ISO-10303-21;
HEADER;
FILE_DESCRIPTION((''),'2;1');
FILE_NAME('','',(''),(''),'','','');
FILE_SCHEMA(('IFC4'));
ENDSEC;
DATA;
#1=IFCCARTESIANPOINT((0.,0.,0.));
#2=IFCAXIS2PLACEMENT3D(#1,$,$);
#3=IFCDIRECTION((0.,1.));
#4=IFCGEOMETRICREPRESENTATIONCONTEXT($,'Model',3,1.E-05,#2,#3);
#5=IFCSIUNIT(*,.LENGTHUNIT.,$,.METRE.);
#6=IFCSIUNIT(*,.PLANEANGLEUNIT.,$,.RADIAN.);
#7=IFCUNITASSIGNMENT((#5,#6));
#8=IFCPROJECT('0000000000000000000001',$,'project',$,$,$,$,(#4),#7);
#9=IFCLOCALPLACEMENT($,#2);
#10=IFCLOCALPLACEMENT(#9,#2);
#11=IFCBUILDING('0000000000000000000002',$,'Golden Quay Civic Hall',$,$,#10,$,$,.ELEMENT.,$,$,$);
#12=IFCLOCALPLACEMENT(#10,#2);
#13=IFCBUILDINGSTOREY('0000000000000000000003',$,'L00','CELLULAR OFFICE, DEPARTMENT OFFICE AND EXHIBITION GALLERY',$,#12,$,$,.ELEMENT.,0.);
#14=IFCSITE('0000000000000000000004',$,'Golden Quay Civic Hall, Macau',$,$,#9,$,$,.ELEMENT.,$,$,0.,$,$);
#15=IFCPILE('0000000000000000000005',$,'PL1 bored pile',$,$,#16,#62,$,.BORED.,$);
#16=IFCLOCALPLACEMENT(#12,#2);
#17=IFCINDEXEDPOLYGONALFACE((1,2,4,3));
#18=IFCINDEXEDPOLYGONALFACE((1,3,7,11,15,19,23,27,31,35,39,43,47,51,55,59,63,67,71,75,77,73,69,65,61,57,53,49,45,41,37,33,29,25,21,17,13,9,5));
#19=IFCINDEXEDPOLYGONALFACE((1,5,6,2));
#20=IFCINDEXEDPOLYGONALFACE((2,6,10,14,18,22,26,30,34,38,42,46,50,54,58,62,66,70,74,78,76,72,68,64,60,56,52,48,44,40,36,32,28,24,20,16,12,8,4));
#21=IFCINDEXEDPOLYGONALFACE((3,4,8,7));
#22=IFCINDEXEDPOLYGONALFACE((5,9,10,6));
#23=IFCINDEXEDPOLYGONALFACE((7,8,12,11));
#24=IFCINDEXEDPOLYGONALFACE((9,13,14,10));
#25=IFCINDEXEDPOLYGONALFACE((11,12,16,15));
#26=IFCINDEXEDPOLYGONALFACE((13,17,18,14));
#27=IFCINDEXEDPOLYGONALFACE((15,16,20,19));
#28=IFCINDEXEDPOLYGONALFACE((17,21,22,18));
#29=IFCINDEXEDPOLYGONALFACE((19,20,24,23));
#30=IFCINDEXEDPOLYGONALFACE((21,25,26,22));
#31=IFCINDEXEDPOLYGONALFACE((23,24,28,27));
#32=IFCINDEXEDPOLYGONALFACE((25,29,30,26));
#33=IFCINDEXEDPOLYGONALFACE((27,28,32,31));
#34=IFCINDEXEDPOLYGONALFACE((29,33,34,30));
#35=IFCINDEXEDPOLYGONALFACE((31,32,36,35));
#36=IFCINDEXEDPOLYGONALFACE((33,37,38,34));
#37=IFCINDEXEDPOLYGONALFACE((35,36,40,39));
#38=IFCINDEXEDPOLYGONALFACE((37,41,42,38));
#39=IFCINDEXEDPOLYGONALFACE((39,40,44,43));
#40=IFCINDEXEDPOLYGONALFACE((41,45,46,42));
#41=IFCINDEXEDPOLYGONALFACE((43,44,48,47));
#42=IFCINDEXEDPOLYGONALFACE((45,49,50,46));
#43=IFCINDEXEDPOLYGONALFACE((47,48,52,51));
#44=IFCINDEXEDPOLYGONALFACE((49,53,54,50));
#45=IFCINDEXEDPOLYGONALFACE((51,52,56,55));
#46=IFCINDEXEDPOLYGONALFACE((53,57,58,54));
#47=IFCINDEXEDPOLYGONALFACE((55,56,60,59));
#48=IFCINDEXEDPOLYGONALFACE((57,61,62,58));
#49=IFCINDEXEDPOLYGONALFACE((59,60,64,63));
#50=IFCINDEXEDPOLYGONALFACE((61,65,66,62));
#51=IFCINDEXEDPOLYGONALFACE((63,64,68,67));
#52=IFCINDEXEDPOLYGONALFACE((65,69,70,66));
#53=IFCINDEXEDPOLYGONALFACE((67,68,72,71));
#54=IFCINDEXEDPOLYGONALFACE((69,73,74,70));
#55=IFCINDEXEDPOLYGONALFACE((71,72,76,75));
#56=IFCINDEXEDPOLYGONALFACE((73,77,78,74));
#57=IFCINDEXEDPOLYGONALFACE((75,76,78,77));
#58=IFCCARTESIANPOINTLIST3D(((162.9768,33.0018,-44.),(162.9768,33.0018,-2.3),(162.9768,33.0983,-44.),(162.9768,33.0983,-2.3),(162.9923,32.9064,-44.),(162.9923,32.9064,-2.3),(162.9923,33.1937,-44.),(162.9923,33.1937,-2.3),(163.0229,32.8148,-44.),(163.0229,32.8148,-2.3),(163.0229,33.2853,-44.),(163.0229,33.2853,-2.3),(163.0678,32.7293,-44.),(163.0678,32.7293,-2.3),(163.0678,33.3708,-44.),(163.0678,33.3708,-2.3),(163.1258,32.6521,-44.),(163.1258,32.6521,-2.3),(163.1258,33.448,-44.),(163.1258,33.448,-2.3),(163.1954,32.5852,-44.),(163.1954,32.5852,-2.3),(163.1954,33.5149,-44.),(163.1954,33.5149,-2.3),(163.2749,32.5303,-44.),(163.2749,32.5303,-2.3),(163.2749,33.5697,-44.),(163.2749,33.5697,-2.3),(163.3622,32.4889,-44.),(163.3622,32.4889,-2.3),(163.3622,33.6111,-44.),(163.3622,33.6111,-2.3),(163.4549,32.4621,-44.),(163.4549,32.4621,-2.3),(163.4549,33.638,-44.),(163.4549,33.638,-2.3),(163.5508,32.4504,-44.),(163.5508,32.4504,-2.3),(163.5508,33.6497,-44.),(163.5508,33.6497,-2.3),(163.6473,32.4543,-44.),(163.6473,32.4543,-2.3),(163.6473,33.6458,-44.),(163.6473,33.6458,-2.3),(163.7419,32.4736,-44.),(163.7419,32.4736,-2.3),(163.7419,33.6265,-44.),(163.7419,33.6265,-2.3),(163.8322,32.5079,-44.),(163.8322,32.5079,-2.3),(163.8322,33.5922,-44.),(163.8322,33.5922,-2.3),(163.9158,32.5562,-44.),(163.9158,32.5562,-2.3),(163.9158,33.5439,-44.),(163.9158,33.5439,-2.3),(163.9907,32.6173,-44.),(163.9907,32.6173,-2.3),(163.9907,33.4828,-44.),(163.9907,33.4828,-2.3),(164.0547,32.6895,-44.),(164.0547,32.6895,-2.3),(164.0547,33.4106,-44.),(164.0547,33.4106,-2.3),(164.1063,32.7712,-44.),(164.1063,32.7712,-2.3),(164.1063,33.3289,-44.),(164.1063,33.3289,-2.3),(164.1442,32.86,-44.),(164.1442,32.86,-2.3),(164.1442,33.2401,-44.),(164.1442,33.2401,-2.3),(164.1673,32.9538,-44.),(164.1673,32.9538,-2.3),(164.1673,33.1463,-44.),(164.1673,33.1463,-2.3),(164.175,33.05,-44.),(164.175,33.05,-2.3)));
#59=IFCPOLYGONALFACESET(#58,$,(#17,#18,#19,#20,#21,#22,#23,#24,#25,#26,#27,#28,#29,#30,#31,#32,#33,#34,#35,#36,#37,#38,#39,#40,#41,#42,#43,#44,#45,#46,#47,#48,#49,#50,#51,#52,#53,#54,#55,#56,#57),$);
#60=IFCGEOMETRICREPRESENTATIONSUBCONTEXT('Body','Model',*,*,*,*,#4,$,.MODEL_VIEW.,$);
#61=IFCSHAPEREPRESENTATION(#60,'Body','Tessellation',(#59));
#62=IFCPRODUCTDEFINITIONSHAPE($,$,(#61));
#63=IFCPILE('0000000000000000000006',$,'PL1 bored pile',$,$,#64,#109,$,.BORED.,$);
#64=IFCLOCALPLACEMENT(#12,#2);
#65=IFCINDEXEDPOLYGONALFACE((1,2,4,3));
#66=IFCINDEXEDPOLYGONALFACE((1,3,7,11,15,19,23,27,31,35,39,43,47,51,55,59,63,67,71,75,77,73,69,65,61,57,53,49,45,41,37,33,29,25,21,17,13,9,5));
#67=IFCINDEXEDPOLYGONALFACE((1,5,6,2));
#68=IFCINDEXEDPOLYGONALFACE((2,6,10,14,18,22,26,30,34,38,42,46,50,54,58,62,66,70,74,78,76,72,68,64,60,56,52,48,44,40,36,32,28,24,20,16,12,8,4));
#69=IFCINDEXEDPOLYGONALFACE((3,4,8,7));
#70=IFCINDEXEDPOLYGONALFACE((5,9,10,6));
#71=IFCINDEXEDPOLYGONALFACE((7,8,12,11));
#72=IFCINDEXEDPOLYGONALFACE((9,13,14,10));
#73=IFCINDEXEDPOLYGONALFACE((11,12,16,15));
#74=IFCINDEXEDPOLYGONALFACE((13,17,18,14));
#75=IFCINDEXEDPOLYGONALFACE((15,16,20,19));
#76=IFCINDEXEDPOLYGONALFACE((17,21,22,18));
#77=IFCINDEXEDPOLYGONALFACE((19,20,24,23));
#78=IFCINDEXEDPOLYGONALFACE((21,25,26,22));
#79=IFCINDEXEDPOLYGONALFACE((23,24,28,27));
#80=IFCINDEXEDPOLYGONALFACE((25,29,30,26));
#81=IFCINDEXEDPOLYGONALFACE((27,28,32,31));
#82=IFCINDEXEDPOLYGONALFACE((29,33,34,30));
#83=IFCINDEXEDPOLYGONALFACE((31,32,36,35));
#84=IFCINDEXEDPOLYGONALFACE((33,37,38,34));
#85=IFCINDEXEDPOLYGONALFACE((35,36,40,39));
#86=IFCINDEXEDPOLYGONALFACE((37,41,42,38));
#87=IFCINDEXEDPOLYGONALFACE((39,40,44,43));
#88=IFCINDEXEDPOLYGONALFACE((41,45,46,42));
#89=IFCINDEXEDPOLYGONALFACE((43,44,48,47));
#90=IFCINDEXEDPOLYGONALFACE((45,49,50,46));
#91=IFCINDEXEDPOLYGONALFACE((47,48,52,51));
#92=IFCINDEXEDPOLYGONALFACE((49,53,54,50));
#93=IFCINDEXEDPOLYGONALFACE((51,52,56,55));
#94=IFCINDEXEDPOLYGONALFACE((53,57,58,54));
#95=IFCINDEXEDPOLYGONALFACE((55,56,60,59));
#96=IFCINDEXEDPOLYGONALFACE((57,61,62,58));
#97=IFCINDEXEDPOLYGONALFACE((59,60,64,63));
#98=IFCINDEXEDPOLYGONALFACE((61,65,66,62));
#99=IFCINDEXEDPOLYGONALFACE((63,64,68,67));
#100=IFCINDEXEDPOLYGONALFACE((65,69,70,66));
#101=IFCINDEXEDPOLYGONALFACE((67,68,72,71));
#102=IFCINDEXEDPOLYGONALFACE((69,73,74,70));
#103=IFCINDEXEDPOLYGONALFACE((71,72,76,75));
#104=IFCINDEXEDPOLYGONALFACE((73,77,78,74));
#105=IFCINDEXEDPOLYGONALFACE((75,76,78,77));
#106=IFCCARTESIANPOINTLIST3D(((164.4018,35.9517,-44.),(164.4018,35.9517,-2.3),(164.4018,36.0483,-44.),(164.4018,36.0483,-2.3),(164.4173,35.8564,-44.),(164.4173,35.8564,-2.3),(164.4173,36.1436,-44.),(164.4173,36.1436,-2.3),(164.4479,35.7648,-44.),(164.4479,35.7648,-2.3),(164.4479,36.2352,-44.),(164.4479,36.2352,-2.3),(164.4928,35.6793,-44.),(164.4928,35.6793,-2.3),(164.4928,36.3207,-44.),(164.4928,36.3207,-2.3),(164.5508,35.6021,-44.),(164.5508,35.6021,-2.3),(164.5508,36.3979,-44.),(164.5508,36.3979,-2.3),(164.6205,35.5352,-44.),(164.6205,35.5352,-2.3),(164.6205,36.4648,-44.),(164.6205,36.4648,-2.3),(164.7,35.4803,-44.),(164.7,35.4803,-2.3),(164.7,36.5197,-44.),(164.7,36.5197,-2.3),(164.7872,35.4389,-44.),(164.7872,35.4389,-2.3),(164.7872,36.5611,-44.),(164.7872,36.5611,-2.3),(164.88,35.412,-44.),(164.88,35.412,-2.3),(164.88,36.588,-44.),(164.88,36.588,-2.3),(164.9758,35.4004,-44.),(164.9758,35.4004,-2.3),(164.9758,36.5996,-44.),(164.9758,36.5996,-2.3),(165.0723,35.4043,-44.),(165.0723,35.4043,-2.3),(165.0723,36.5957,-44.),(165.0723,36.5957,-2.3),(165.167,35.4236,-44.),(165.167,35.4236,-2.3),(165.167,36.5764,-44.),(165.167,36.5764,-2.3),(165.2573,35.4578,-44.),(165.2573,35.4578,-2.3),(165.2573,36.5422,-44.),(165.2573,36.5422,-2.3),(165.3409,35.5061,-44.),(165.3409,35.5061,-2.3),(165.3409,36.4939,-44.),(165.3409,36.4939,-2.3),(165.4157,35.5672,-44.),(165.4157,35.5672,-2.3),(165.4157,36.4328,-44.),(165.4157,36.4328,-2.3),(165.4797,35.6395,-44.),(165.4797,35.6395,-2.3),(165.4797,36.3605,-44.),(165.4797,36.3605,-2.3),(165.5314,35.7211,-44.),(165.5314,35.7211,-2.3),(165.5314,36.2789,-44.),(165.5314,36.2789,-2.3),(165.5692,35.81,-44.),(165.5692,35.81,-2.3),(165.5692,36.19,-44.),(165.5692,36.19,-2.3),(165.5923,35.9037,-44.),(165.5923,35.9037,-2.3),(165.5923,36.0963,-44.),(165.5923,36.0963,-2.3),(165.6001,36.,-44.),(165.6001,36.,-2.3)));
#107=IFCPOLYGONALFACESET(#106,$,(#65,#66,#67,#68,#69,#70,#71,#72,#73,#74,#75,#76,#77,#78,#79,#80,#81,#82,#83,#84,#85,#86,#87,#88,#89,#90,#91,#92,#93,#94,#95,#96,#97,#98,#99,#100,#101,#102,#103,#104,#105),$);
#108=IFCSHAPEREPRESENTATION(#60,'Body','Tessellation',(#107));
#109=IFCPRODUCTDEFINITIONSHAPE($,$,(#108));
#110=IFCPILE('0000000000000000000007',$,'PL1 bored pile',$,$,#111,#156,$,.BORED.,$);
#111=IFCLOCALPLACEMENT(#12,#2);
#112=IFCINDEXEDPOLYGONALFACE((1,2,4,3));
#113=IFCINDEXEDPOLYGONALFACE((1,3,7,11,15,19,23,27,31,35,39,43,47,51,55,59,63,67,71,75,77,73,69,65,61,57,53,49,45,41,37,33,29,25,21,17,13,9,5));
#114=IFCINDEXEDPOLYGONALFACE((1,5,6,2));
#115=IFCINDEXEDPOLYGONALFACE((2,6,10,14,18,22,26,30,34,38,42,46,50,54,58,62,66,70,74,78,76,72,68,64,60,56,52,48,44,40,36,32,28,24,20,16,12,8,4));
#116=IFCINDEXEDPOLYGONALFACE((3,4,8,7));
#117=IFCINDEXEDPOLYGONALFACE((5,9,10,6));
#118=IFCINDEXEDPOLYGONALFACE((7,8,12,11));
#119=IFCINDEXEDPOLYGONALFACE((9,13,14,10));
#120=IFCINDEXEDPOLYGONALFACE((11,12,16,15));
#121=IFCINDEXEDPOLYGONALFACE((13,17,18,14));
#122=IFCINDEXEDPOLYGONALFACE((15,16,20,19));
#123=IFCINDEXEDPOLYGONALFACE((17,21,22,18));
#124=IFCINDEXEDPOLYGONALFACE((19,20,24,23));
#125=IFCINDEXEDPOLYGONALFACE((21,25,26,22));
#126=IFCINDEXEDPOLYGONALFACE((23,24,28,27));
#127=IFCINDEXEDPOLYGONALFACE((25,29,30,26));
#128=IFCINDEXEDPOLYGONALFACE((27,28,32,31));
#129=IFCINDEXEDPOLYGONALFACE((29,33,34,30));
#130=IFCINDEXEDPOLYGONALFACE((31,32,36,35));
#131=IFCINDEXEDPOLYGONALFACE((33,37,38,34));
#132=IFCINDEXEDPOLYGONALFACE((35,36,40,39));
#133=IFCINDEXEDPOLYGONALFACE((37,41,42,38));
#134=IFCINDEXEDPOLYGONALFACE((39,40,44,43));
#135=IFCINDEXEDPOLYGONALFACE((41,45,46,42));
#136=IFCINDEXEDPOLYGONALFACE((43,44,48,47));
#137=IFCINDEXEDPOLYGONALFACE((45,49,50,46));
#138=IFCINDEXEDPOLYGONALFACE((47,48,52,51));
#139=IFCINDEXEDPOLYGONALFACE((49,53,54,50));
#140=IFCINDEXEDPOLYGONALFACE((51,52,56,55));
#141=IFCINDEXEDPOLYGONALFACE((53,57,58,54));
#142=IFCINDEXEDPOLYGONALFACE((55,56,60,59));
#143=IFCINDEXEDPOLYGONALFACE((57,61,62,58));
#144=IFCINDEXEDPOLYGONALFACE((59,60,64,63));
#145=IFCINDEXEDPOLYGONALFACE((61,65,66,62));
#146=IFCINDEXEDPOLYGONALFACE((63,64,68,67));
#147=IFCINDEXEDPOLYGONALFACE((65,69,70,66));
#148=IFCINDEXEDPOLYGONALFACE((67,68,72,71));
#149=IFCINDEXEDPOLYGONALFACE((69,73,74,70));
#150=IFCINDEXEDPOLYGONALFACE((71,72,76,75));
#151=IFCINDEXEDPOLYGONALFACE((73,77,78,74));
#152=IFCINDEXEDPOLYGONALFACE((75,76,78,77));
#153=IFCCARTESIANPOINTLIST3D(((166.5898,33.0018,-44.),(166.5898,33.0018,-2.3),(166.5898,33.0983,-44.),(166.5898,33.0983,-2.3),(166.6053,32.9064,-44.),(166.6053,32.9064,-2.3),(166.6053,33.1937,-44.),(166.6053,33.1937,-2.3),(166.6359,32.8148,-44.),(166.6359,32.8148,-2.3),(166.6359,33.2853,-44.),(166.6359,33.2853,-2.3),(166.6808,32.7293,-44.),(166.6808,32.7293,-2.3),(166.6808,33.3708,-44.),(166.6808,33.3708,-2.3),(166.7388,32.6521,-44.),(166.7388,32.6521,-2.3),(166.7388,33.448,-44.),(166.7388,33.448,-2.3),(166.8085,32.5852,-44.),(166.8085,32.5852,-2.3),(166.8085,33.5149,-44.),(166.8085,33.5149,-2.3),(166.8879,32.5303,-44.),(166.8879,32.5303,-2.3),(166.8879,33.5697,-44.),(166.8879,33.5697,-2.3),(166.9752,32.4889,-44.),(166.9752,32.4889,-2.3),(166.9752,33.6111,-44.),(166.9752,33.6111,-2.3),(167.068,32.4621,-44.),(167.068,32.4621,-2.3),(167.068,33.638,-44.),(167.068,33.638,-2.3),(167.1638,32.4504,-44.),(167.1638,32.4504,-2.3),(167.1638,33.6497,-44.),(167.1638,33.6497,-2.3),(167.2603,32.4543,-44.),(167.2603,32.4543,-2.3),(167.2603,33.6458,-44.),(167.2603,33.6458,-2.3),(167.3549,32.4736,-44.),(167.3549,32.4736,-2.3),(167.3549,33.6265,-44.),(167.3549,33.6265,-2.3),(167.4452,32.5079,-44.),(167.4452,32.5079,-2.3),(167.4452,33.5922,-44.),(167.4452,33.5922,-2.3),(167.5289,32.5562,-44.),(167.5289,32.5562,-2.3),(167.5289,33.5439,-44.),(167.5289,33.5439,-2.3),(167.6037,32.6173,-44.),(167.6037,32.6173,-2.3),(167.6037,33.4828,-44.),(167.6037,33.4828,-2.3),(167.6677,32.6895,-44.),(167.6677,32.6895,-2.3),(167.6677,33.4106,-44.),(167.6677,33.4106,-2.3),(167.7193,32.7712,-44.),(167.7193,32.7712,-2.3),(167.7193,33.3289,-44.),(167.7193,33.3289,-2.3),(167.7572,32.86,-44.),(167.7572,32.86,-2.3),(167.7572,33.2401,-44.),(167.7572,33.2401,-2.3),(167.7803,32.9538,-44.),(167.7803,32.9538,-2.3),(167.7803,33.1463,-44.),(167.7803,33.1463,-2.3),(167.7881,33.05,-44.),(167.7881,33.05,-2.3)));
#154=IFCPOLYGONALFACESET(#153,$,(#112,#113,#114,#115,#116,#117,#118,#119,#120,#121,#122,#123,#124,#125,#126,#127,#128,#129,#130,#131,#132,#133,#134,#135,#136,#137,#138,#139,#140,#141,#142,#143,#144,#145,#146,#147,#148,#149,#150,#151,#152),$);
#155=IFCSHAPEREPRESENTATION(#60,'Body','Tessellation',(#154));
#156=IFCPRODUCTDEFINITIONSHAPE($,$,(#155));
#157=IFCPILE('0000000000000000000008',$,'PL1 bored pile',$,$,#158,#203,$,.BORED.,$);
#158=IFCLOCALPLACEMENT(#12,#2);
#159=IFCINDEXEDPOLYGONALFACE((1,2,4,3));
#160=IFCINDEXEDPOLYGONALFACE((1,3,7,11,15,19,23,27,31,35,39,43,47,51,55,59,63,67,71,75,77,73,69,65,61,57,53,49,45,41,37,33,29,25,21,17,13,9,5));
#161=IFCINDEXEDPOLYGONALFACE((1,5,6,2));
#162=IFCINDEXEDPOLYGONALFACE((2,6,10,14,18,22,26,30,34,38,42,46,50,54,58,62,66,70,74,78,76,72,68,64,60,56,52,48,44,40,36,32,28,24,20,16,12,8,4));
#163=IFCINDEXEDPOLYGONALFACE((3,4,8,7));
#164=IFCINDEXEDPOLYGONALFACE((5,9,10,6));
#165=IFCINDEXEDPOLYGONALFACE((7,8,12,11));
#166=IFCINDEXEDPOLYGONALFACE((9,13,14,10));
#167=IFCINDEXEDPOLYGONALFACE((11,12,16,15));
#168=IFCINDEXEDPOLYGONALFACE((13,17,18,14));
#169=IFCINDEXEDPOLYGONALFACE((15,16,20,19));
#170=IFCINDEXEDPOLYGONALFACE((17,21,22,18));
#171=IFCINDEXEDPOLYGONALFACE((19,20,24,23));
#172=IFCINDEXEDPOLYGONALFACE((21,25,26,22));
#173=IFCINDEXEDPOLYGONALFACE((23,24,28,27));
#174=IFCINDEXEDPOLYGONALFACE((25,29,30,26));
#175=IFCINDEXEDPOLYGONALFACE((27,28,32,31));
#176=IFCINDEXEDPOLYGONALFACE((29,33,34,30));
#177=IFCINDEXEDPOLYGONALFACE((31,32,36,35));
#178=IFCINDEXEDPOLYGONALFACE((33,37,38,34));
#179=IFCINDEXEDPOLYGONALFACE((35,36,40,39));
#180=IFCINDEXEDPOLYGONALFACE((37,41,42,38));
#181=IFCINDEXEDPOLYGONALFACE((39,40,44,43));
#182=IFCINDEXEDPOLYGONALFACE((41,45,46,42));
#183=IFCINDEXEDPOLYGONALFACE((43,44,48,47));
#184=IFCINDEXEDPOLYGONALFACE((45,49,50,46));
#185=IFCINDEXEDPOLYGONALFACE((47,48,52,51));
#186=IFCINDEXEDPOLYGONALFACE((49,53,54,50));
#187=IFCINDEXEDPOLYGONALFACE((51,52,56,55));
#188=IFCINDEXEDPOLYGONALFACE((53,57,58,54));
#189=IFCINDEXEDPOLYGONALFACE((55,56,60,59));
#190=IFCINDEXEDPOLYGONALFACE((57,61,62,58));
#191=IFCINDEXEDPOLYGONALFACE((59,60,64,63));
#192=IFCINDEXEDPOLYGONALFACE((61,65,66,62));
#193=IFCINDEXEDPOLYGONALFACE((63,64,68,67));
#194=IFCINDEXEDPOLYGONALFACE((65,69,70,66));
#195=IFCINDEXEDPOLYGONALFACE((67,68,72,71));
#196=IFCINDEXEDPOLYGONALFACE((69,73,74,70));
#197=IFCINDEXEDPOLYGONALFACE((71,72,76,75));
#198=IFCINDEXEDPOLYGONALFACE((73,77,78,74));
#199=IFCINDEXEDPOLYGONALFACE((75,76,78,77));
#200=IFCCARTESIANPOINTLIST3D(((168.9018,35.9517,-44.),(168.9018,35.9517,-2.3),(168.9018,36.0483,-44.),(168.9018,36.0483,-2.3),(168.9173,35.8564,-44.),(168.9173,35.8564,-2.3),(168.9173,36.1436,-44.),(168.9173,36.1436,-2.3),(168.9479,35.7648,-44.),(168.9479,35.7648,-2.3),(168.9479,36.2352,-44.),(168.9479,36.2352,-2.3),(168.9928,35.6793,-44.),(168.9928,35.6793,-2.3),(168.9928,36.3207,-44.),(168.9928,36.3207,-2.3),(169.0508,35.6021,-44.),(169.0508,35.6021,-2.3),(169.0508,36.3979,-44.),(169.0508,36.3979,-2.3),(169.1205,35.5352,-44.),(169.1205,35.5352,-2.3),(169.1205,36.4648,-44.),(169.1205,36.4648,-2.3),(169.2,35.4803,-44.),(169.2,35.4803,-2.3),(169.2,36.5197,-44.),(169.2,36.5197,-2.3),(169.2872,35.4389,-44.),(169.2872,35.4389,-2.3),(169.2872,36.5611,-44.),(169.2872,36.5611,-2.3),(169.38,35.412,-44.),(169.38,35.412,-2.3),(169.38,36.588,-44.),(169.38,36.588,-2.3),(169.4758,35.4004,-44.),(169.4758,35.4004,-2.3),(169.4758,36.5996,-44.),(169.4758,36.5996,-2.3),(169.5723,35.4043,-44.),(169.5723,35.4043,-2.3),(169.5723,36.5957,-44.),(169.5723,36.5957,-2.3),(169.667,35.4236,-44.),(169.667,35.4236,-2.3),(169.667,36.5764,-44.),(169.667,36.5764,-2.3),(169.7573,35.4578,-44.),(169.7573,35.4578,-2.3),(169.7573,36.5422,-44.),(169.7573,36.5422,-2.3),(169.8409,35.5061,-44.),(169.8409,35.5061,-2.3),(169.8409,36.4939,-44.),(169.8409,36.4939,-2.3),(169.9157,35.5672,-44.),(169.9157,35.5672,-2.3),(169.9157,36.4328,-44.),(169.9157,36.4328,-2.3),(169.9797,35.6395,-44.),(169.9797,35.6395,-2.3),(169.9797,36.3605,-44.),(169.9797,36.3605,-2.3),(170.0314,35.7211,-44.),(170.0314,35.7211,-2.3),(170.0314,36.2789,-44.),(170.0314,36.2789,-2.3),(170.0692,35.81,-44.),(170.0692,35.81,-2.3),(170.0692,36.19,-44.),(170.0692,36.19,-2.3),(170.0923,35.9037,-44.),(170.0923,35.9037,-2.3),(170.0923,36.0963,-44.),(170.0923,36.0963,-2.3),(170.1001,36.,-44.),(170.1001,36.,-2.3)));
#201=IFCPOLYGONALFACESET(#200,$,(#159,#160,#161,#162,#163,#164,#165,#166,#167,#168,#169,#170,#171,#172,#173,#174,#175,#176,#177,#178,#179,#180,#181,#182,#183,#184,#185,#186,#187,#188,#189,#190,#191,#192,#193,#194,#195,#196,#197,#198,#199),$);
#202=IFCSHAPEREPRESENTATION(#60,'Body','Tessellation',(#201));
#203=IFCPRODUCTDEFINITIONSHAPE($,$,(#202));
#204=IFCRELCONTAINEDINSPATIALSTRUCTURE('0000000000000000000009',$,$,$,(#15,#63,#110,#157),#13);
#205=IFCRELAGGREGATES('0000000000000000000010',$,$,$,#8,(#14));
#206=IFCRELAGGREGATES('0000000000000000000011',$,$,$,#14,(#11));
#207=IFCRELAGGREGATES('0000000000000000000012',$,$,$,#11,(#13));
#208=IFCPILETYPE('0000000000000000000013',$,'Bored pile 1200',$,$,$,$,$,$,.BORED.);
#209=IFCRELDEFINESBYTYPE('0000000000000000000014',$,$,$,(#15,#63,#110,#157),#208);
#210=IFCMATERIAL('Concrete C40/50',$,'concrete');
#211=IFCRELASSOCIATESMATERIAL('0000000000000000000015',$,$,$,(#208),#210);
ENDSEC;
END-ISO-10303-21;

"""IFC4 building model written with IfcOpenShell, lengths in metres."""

from ifc_helpers import new_model, si_unit, direction, frame, origin, origin_2d, place, context, subcontext, project, spatial, circle, extrude, material, material_profile, profile_set, type_object, element, save


model = new_model("IFC4")

# Units and contexts
model_context = context("Model", 3, precision=1e-05, world=origin(), true_north=direction((0.0, 1.0)))
body_context = subcontext(model_context, "Body", "Model", "MODEL_VIEW")
ifc_project = project(units=[si_unit("LENGTHUNIT", "METRE"), si_unit("PLANEANGLEUNIT", "RADIAN")], contexts=[model_context])

# Site, building, storey
site_placement = place(None, origin())
site = spatial("IfcSite", under=ifc_project, at=site_placement, Name="Golden Quay Civic Hall, Macau", CompositionType="ELEMENT", RefElevation=0.0)
building_placement = place(site_placement, origin())
building = spatial("IfcBuilding", under=site, at=building_placement, Name="Golden Quay Civic Hall", CompositionType="ELEMENT")
storey_placement = place(building_placement, origin())
storey = spatial("IfcBuildingStorey", under=building, at=storey_placement, Name="L00", Description="CELLULAR OFFICE, DEPARTMENT OFFICE AND EXHIBITION GALLERY", CompositionType="ELEMENT", Elevation=0.0)

# Piles
ifc_material_1 = material(Name="Concrete C40/50", Category="concrete")
ifc_material_profile_1 = material_profile(ifc_material_1, circle(Radius=0.6001, at=origin_2d()), Name="RC D1200")
ifc_profile_set_1 = profile_set([ifc_material_profile_1], Name="Concrete C40/50")
pile_type = type_object("IfcPileType", Name="Bored pile 1200", PredefinedType="BORED", material=ifc_profile_set_1)
for number, where, z_axis, x_axis, name in (
    (1, (163.575, 33.05, -2.3), (0.0, 0.0, -1.0), (1.0, 0.0, 0.0), "PL1 bored pile"),
    (2, (165.0, 36.0, -2.3), (0.0, 0.0, -1.0), (1.0, 0.0, 0.0), "PL1 bored pile"),
    (3, (167.188, 33.05, -2.3), (0.0, 0.0, -1.0), (1.0, 0.0, 0.0), "PL1 bored pile"),
    (4, (169.5, 36.0, -2.3), (0.0, 0.0, -1.0), (1.0, 0.0, 0.0), "PL1 bored pile"),
):
    element("IfcPile", number, at=place(storey_placement, frame(where, z_axis=z_axis, x_axis=x_axis)), inside=storey, type_object=pile_type, Name=name, PredefinedType="BORED", context=body_context, shape_type="SweptSolid", body=[
        extrude(circle(Radius=0.6001, at=origin_2d()), origin(), (0.0, 0.0, 1.0), 41.7),
    ])

save(model, "model.ifc")
